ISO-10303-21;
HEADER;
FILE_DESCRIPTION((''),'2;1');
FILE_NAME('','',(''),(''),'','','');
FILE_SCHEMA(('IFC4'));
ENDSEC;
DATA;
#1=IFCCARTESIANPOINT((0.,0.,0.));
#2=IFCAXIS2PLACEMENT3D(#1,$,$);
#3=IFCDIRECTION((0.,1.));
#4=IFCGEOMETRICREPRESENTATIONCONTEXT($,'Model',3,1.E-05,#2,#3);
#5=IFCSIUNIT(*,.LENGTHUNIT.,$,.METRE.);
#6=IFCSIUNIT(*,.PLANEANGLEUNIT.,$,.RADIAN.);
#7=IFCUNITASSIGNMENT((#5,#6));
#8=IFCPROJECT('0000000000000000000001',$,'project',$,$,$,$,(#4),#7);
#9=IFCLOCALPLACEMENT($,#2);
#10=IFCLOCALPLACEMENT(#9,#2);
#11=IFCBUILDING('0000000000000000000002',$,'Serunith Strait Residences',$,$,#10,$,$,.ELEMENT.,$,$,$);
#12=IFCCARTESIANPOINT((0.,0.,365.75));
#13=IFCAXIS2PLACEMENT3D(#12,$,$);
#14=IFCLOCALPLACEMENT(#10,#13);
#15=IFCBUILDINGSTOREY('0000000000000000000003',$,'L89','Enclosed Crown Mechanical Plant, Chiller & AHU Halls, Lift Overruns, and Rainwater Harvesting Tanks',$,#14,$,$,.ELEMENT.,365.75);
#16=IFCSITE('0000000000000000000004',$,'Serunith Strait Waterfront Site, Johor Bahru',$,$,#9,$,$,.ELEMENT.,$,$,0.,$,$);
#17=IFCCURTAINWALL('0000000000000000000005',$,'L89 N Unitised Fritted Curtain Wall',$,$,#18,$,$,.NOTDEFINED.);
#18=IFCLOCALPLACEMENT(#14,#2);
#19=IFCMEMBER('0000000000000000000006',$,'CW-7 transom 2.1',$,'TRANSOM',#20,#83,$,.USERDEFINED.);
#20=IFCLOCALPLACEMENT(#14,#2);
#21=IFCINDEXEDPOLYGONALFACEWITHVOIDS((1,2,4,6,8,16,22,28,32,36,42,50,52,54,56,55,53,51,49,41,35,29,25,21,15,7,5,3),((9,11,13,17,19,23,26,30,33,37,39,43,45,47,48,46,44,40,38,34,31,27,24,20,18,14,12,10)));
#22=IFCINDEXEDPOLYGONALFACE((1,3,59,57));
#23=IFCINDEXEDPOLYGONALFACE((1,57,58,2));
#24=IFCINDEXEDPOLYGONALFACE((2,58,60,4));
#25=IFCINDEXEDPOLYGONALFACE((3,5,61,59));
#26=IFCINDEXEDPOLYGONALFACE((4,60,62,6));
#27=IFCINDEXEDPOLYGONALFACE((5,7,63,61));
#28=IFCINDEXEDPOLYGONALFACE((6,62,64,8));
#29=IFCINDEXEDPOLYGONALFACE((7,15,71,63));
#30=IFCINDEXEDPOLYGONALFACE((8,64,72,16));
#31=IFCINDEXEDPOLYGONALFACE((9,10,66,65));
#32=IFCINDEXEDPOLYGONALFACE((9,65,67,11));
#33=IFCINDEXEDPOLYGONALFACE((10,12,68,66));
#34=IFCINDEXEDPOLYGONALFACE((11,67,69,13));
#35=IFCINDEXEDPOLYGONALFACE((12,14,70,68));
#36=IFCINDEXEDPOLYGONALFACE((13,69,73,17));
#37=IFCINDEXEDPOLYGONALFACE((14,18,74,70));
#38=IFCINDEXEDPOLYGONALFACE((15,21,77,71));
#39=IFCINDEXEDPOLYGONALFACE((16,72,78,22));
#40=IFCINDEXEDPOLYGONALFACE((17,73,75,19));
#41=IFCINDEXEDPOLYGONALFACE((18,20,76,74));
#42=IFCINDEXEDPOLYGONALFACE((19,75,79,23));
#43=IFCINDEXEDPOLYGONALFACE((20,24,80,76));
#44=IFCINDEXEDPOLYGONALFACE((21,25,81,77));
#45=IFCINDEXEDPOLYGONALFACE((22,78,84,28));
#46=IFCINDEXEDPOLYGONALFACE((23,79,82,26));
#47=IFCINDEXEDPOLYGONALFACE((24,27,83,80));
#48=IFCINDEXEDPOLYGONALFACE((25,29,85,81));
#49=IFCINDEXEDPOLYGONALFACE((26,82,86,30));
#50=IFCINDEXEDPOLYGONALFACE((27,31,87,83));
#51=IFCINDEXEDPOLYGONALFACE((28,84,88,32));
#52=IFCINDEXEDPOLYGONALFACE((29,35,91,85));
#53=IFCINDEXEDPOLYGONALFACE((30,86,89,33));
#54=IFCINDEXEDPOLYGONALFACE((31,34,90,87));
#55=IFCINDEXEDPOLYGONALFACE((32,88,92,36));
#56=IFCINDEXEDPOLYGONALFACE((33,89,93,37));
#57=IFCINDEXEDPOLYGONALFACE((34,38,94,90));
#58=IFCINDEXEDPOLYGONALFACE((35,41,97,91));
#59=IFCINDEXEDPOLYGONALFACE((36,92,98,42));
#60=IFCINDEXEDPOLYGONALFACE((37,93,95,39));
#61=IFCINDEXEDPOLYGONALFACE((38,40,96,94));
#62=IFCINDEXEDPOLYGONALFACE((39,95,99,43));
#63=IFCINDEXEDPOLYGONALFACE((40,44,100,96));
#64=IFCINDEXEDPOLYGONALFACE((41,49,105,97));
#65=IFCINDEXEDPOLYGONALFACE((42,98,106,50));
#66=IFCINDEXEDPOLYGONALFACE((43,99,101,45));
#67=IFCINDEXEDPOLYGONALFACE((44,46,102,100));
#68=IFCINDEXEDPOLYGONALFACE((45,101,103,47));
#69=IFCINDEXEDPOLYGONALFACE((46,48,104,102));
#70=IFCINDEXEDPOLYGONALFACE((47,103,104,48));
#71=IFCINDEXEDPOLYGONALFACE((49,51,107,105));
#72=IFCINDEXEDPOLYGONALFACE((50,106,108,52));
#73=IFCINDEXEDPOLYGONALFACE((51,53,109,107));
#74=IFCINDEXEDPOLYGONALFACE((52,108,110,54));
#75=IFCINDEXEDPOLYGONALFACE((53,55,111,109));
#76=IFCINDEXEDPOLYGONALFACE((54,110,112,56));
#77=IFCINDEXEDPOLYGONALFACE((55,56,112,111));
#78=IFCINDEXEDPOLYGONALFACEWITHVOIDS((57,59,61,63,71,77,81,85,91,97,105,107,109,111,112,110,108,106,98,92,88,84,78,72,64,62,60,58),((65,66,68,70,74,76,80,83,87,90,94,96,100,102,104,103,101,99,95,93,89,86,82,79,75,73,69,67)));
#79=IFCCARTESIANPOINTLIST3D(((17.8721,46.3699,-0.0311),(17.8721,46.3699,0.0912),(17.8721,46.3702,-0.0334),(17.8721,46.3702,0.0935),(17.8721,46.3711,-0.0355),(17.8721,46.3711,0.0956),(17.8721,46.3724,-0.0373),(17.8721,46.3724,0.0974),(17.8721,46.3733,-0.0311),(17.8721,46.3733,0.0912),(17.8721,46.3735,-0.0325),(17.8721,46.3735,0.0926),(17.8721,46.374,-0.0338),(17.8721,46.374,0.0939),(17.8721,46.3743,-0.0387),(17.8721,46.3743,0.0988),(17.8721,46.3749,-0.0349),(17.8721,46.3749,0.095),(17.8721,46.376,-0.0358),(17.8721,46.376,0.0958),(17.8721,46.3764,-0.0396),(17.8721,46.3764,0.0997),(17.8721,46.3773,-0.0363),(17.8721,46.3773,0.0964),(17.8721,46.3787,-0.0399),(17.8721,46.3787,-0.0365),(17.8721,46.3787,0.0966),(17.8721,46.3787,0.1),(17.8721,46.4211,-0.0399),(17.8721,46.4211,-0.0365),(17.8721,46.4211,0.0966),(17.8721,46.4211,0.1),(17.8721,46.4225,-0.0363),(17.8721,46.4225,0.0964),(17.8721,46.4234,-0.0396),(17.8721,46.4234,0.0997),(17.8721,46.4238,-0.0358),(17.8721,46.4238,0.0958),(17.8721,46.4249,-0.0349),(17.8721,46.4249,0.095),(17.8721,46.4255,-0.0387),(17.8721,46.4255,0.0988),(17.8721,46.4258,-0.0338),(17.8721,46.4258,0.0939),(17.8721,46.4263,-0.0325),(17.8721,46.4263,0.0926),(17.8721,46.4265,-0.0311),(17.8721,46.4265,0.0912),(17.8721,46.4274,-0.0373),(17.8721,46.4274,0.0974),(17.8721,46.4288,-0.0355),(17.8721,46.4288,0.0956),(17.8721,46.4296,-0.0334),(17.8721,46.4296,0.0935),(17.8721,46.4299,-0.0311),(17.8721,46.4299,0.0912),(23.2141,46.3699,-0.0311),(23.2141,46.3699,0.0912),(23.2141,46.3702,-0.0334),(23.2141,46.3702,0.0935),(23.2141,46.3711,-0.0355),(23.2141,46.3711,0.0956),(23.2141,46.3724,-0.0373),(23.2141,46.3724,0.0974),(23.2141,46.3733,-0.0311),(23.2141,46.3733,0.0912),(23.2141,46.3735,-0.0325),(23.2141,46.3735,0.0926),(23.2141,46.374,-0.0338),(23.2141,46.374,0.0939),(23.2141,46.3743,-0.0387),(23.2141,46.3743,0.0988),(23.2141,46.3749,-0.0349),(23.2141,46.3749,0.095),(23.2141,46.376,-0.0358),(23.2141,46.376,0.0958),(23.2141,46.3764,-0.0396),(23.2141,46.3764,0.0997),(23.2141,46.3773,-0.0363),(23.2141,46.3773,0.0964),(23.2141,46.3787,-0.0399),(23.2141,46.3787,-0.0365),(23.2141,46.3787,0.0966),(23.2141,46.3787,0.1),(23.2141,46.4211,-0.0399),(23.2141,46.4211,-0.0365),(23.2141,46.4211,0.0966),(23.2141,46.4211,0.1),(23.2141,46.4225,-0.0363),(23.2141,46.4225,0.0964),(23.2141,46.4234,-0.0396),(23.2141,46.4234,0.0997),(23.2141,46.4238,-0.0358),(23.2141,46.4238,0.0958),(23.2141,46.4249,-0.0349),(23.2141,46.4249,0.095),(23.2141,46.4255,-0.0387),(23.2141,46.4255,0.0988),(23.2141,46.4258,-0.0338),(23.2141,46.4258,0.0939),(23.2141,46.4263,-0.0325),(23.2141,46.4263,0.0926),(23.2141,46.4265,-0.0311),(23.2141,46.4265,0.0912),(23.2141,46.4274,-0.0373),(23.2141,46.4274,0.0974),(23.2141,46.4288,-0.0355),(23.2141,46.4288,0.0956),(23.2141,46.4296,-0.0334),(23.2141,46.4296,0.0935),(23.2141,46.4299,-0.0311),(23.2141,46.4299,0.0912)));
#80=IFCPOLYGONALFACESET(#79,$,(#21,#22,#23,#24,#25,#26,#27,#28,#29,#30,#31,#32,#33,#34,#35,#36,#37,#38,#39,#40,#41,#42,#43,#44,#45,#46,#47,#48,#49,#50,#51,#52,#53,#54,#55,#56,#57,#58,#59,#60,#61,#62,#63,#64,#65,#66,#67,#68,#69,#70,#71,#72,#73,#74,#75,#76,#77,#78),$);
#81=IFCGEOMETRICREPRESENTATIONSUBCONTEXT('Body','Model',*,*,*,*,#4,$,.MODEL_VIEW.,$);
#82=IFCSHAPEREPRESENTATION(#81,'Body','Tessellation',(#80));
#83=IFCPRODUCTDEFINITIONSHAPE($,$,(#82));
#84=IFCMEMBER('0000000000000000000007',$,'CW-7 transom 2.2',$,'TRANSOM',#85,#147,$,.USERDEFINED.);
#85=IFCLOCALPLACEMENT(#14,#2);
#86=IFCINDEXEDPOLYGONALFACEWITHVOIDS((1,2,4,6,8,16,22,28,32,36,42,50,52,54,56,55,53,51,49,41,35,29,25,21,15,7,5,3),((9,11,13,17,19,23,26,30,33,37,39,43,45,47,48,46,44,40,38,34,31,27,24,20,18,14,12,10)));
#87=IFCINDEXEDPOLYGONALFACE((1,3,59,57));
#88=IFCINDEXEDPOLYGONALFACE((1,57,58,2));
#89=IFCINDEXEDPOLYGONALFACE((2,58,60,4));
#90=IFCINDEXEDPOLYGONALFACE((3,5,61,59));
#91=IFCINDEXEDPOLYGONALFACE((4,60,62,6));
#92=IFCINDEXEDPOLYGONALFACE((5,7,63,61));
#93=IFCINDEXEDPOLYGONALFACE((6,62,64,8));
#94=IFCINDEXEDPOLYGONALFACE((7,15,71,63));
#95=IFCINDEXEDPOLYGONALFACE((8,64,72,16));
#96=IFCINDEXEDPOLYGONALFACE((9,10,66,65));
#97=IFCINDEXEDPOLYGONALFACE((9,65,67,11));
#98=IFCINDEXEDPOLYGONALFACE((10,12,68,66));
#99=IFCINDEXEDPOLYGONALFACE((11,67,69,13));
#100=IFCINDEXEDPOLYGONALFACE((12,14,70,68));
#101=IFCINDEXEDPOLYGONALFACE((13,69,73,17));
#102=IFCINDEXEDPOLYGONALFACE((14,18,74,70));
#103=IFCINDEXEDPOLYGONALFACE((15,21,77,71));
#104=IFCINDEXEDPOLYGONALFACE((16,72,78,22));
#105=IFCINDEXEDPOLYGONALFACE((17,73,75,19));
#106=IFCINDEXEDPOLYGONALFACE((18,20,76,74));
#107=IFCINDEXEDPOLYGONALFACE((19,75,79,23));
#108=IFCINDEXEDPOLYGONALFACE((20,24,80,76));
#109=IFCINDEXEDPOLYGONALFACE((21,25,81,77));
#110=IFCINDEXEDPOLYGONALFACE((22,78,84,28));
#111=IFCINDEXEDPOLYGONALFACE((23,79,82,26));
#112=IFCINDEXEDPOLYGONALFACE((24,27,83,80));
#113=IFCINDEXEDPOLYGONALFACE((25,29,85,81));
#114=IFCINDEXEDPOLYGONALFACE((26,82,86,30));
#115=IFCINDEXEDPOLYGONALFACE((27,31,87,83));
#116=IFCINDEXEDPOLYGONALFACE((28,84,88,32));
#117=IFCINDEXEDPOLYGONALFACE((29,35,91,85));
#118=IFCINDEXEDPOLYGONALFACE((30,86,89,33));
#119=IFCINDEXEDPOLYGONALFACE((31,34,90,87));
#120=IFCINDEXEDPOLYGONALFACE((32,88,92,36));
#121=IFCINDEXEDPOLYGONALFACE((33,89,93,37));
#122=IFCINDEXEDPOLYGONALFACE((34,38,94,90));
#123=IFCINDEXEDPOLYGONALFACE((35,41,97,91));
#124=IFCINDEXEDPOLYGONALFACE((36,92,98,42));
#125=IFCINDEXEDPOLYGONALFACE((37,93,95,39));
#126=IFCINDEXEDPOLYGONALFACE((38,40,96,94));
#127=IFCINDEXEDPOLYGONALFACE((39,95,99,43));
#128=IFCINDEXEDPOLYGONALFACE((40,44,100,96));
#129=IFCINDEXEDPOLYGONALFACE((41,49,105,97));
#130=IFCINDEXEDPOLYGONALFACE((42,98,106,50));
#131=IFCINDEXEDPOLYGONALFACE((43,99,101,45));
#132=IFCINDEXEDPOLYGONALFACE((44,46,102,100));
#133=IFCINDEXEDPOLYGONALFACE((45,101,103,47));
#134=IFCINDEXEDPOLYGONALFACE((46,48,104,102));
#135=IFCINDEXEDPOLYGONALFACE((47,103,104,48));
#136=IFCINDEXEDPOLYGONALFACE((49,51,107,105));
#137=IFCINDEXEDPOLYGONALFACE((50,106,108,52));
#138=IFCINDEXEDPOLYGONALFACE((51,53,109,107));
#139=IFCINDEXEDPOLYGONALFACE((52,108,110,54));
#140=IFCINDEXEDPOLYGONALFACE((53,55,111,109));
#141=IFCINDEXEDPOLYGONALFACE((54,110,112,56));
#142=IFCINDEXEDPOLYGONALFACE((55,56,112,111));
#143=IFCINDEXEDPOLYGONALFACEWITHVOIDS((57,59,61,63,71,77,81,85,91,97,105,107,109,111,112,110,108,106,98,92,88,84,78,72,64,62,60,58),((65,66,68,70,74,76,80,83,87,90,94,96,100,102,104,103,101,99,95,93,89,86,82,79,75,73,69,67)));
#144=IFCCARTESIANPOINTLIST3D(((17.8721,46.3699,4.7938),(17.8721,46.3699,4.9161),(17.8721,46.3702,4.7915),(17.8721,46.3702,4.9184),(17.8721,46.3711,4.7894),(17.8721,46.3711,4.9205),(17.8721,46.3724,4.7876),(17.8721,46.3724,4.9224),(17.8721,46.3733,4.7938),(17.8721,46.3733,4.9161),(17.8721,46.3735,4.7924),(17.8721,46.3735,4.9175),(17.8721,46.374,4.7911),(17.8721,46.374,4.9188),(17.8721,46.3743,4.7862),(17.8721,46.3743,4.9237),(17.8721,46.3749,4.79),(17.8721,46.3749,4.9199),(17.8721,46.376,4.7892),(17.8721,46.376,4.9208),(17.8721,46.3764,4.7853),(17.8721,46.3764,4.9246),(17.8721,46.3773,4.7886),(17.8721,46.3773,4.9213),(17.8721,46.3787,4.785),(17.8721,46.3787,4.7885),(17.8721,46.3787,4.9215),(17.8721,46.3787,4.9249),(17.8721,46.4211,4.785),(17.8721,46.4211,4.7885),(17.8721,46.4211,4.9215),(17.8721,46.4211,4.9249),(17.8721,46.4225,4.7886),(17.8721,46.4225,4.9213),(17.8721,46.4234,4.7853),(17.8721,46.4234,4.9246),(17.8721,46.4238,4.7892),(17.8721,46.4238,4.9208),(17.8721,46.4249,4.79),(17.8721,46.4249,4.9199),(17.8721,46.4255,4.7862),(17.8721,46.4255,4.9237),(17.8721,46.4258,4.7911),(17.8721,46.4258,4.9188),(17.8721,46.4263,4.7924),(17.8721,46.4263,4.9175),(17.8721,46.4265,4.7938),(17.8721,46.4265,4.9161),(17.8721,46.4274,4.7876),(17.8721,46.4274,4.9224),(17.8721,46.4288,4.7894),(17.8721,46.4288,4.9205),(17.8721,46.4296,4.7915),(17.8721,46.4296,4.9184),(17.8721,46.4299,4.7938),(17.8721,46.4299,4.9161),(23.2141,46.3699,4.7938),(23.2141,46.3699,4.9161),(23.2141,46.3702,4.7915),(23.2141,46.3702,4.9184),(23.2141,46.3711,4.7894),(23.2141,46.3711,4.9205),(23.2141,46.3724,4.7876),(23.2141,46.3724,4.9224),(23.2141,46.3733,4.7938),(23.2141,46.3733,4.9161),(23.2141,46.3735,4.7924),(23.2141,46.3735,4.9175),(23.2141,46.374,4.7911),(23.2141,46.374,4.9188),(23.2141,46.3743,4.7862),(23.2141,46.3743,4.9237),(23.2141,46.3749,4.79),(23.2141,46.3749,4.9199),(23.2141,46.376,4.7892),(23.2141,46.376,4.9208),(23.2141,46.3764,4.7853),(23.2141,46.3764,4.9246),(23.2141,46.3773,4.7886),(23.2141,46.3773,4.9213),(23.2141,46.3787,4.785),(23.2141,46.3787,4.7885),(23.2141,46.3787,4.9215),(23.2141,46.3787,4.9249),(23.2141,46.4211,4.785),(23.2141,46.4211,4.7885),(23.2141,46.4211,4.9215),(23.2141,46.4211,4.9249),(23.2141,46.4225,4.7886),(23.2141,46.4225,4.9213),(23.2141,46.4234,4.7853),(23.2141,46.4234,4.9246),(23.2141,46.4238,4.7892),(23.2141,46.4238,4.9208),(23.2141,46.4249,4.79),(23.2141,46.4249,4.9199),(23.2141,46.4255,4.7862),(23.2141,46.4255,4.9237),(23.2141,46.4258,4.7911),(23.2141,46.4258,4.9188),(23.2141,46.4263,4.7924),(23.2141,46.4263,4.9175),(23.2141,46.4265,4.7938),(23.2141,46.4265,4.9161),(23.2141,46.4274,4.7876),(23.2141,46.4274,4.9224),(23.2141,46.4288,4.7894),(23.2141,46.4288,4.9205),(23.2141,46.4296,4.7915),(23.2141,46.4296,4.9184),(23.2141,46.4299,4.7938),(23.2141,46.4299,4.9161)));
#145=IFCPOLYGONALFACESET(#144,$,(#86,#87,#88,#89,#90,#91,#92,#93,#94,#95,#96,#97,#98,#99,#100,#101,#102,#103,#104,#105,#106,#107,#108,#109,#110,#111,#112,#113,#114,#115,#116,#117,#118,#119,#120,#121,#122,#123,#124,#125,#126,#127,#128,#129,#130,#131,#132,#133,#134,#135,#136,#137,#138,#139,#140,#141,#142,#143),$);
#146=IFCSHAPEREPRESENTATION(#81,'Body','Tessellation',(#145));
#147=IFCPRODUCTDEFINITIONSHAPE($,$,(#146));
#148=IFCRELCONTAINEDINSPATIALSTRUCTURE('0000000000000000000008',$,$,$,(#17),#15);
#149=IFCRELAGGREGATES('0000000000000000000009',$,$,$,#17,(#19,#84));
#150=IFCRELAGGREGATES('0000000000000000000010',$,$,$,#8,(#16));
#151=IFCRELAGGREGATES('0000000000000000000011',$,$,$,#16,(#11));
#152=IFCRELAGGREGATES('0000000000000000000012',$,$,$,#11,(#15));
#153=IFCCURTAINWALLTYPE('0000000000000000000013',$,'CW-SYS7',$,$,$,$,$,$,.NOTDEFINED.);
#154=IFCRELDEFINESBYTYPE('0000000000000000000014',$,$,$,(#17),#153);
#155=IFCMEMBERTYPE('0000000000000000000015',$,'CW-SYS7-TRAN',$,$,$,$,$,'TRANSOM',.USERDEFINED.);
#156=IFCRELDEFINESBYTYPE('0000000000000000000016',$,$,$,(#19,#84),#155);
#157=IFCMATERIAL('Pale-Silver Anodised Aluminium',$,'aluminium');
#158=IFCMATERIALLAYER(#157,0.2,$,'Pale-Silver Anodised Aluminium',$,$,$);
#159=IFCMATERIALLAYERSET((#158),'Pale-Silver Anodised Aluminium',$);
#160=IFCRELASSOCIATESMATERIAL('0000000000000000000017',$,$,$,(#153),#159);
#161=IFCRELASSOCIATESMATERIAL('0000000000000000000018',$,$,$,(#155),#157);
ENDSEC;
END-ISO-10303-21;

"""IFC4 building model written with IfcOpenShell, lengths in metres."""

from ifc_helpers import new_model, si_unit, direction, frame, origin, origin_2d, place, context, subcontext, project, spatial, hollow_rectangle, extrude, source, transform, mapped, material, layer, layer_set, material_profile, profile_set, type_object, element, aggregate, save


model = new_model("IFC4")

# Units and contexts
model_context = context("Model", 3, precision=1e-05, world=origin(), true_north=direction((0.0, 1.0)))
body_context = subcontext(model_context, "Body", "Model", "MODEL_VIEW")
ifc_project = project(units=[si_unit("LENGTHUNIT", "METRE"), si_unit("PLANEANGLEUNIT", "RADIAN")], contexts=[model_context])

# Site, building, storey
site_placement = place(None, origin())
site = spatial("IfcSite", under=ifc_project, at=site_placement, Name="Serunith Strait Waterfront Site, Johor Bahru", CompositionType="ELEMENT", RefElevation=0.0)
building_placement = place(site_placement, origin())
building = spatial("IfcBuilding", under=site, at=building_placement, Name="Serunith Strait Residences", CompositionType="ELEMENT")
storey_placement = place(building_placement, frame((0.0, 0.0, 365.75)))
storey = spatial("IfcBuildingStorey", under=building, at=storey_placement, Name="L89", Description="Enclosed Crown Mechanical Plant, Chiller & AHU Halls, Lift Overruns, and Rainwater Harvesting Tanks", CompositionType="ELEMENT", Elevation=365.75)

# Curtain wall
ifc_material_1 = material(Name="Pale-Silver Anodised Aluminium", Category="aluminium")
ifc_layer_1 = layer(ifc_material_1, 0.2, Name="Pale-Silver Anodised Aluminium")
ifc_layer_set_1 = layer_set([ifc_layer_1], Name="Pale-Silver Anodised Aluminium")
curtain_wall_type = type_object("IfcCurtainWallType", Name="CW-SYS7", PredefinedType="NOTDEFINED", material=ifc_layer_set_1)
curtain_wall_1_placement = place(storey_placement, origin())
curtain_wall_1 = element("IfcCurtainWall", 1, at=curtain_wall_1_placement, inside=storey, type_object=curtain_wall_type, Name="L89 N Unitised Fritted Curtain Wall", PredefinedType="NOTDEFINED")

# Members
ifc_material_profile_1 = material_profile(ifc_material_1, hollow_rectangle(XDim=0.0601, YDim=0.1399, WallThickness=0.0034, InnerFilletRadius=0.0054, OuterFilletRadius=0.0088, at=origin_2d()), Name="ALU 140x60x3.5")
ifc_profile_set_1 = profile_set([ifc_material_profile_1], Name="Pale-Silver Anodised Aluminium")
member_type_1 = type_object("IfcMemberType", Name="CW-SYS7-TRAN", ElementType="TRANSOM", PredefinedType="USERDEFINED", material=ifc_profile_set_1)
shared_shape_1 = source(origin(), body_context, "Body", "SweptSolid", [
    extrude(hollow_rectangle(XDim=0.0601, YDim=0.1399, WallThickness=0.0034, InnerFilletRadius=0.0054, OuterFilletRadius=0.0088, at=origin_2d()), origin(), (0.0, 0.0, 1.0), 5.342),
])
member_1_placement = place(storey_placement, frame((23.2141, 46.3999, 0.03), z_axis=(-1.0, 0.0, 0.0), x_axis=(0.0, -1.0, 0.0)))
member_1 = element("IfcMember", 2, at=member_1_placement, type_object=member_type_1, Name="CW-7 transom 2.1", ObjectType="TRANSOM", PredefinedType="USERDEFINED", context=body_context, shape_type="MappedRepresentation", body=[
    mapped(shared_shape_1, transform((0.0, 0.0, 0.0), scale=1.0)),
])
member_2_placement = place(storey_placement, frame((23.2141, 46.3999, 4.855), z_axis=(-1.0, 0.0, 0.0), x_axis=(0.0, -1.0, 0.0)))
member_2 = element("IfcMember", 3, at=member_2_placement, type_object=member_type_1, Name="CW-7 transom 2.2", ObjectType="TRANSOM", PredefinedType="USERDEFINED", context=body_context, shape_type="MappedRepresentation", body=[
    mapped(shared_shape_1, transform((0.0, 0.0, 0.0), scale=1.0)),
])

aggregate(curtain_wall_1, [member_1, member_2])

save(model, "model.ifc")
